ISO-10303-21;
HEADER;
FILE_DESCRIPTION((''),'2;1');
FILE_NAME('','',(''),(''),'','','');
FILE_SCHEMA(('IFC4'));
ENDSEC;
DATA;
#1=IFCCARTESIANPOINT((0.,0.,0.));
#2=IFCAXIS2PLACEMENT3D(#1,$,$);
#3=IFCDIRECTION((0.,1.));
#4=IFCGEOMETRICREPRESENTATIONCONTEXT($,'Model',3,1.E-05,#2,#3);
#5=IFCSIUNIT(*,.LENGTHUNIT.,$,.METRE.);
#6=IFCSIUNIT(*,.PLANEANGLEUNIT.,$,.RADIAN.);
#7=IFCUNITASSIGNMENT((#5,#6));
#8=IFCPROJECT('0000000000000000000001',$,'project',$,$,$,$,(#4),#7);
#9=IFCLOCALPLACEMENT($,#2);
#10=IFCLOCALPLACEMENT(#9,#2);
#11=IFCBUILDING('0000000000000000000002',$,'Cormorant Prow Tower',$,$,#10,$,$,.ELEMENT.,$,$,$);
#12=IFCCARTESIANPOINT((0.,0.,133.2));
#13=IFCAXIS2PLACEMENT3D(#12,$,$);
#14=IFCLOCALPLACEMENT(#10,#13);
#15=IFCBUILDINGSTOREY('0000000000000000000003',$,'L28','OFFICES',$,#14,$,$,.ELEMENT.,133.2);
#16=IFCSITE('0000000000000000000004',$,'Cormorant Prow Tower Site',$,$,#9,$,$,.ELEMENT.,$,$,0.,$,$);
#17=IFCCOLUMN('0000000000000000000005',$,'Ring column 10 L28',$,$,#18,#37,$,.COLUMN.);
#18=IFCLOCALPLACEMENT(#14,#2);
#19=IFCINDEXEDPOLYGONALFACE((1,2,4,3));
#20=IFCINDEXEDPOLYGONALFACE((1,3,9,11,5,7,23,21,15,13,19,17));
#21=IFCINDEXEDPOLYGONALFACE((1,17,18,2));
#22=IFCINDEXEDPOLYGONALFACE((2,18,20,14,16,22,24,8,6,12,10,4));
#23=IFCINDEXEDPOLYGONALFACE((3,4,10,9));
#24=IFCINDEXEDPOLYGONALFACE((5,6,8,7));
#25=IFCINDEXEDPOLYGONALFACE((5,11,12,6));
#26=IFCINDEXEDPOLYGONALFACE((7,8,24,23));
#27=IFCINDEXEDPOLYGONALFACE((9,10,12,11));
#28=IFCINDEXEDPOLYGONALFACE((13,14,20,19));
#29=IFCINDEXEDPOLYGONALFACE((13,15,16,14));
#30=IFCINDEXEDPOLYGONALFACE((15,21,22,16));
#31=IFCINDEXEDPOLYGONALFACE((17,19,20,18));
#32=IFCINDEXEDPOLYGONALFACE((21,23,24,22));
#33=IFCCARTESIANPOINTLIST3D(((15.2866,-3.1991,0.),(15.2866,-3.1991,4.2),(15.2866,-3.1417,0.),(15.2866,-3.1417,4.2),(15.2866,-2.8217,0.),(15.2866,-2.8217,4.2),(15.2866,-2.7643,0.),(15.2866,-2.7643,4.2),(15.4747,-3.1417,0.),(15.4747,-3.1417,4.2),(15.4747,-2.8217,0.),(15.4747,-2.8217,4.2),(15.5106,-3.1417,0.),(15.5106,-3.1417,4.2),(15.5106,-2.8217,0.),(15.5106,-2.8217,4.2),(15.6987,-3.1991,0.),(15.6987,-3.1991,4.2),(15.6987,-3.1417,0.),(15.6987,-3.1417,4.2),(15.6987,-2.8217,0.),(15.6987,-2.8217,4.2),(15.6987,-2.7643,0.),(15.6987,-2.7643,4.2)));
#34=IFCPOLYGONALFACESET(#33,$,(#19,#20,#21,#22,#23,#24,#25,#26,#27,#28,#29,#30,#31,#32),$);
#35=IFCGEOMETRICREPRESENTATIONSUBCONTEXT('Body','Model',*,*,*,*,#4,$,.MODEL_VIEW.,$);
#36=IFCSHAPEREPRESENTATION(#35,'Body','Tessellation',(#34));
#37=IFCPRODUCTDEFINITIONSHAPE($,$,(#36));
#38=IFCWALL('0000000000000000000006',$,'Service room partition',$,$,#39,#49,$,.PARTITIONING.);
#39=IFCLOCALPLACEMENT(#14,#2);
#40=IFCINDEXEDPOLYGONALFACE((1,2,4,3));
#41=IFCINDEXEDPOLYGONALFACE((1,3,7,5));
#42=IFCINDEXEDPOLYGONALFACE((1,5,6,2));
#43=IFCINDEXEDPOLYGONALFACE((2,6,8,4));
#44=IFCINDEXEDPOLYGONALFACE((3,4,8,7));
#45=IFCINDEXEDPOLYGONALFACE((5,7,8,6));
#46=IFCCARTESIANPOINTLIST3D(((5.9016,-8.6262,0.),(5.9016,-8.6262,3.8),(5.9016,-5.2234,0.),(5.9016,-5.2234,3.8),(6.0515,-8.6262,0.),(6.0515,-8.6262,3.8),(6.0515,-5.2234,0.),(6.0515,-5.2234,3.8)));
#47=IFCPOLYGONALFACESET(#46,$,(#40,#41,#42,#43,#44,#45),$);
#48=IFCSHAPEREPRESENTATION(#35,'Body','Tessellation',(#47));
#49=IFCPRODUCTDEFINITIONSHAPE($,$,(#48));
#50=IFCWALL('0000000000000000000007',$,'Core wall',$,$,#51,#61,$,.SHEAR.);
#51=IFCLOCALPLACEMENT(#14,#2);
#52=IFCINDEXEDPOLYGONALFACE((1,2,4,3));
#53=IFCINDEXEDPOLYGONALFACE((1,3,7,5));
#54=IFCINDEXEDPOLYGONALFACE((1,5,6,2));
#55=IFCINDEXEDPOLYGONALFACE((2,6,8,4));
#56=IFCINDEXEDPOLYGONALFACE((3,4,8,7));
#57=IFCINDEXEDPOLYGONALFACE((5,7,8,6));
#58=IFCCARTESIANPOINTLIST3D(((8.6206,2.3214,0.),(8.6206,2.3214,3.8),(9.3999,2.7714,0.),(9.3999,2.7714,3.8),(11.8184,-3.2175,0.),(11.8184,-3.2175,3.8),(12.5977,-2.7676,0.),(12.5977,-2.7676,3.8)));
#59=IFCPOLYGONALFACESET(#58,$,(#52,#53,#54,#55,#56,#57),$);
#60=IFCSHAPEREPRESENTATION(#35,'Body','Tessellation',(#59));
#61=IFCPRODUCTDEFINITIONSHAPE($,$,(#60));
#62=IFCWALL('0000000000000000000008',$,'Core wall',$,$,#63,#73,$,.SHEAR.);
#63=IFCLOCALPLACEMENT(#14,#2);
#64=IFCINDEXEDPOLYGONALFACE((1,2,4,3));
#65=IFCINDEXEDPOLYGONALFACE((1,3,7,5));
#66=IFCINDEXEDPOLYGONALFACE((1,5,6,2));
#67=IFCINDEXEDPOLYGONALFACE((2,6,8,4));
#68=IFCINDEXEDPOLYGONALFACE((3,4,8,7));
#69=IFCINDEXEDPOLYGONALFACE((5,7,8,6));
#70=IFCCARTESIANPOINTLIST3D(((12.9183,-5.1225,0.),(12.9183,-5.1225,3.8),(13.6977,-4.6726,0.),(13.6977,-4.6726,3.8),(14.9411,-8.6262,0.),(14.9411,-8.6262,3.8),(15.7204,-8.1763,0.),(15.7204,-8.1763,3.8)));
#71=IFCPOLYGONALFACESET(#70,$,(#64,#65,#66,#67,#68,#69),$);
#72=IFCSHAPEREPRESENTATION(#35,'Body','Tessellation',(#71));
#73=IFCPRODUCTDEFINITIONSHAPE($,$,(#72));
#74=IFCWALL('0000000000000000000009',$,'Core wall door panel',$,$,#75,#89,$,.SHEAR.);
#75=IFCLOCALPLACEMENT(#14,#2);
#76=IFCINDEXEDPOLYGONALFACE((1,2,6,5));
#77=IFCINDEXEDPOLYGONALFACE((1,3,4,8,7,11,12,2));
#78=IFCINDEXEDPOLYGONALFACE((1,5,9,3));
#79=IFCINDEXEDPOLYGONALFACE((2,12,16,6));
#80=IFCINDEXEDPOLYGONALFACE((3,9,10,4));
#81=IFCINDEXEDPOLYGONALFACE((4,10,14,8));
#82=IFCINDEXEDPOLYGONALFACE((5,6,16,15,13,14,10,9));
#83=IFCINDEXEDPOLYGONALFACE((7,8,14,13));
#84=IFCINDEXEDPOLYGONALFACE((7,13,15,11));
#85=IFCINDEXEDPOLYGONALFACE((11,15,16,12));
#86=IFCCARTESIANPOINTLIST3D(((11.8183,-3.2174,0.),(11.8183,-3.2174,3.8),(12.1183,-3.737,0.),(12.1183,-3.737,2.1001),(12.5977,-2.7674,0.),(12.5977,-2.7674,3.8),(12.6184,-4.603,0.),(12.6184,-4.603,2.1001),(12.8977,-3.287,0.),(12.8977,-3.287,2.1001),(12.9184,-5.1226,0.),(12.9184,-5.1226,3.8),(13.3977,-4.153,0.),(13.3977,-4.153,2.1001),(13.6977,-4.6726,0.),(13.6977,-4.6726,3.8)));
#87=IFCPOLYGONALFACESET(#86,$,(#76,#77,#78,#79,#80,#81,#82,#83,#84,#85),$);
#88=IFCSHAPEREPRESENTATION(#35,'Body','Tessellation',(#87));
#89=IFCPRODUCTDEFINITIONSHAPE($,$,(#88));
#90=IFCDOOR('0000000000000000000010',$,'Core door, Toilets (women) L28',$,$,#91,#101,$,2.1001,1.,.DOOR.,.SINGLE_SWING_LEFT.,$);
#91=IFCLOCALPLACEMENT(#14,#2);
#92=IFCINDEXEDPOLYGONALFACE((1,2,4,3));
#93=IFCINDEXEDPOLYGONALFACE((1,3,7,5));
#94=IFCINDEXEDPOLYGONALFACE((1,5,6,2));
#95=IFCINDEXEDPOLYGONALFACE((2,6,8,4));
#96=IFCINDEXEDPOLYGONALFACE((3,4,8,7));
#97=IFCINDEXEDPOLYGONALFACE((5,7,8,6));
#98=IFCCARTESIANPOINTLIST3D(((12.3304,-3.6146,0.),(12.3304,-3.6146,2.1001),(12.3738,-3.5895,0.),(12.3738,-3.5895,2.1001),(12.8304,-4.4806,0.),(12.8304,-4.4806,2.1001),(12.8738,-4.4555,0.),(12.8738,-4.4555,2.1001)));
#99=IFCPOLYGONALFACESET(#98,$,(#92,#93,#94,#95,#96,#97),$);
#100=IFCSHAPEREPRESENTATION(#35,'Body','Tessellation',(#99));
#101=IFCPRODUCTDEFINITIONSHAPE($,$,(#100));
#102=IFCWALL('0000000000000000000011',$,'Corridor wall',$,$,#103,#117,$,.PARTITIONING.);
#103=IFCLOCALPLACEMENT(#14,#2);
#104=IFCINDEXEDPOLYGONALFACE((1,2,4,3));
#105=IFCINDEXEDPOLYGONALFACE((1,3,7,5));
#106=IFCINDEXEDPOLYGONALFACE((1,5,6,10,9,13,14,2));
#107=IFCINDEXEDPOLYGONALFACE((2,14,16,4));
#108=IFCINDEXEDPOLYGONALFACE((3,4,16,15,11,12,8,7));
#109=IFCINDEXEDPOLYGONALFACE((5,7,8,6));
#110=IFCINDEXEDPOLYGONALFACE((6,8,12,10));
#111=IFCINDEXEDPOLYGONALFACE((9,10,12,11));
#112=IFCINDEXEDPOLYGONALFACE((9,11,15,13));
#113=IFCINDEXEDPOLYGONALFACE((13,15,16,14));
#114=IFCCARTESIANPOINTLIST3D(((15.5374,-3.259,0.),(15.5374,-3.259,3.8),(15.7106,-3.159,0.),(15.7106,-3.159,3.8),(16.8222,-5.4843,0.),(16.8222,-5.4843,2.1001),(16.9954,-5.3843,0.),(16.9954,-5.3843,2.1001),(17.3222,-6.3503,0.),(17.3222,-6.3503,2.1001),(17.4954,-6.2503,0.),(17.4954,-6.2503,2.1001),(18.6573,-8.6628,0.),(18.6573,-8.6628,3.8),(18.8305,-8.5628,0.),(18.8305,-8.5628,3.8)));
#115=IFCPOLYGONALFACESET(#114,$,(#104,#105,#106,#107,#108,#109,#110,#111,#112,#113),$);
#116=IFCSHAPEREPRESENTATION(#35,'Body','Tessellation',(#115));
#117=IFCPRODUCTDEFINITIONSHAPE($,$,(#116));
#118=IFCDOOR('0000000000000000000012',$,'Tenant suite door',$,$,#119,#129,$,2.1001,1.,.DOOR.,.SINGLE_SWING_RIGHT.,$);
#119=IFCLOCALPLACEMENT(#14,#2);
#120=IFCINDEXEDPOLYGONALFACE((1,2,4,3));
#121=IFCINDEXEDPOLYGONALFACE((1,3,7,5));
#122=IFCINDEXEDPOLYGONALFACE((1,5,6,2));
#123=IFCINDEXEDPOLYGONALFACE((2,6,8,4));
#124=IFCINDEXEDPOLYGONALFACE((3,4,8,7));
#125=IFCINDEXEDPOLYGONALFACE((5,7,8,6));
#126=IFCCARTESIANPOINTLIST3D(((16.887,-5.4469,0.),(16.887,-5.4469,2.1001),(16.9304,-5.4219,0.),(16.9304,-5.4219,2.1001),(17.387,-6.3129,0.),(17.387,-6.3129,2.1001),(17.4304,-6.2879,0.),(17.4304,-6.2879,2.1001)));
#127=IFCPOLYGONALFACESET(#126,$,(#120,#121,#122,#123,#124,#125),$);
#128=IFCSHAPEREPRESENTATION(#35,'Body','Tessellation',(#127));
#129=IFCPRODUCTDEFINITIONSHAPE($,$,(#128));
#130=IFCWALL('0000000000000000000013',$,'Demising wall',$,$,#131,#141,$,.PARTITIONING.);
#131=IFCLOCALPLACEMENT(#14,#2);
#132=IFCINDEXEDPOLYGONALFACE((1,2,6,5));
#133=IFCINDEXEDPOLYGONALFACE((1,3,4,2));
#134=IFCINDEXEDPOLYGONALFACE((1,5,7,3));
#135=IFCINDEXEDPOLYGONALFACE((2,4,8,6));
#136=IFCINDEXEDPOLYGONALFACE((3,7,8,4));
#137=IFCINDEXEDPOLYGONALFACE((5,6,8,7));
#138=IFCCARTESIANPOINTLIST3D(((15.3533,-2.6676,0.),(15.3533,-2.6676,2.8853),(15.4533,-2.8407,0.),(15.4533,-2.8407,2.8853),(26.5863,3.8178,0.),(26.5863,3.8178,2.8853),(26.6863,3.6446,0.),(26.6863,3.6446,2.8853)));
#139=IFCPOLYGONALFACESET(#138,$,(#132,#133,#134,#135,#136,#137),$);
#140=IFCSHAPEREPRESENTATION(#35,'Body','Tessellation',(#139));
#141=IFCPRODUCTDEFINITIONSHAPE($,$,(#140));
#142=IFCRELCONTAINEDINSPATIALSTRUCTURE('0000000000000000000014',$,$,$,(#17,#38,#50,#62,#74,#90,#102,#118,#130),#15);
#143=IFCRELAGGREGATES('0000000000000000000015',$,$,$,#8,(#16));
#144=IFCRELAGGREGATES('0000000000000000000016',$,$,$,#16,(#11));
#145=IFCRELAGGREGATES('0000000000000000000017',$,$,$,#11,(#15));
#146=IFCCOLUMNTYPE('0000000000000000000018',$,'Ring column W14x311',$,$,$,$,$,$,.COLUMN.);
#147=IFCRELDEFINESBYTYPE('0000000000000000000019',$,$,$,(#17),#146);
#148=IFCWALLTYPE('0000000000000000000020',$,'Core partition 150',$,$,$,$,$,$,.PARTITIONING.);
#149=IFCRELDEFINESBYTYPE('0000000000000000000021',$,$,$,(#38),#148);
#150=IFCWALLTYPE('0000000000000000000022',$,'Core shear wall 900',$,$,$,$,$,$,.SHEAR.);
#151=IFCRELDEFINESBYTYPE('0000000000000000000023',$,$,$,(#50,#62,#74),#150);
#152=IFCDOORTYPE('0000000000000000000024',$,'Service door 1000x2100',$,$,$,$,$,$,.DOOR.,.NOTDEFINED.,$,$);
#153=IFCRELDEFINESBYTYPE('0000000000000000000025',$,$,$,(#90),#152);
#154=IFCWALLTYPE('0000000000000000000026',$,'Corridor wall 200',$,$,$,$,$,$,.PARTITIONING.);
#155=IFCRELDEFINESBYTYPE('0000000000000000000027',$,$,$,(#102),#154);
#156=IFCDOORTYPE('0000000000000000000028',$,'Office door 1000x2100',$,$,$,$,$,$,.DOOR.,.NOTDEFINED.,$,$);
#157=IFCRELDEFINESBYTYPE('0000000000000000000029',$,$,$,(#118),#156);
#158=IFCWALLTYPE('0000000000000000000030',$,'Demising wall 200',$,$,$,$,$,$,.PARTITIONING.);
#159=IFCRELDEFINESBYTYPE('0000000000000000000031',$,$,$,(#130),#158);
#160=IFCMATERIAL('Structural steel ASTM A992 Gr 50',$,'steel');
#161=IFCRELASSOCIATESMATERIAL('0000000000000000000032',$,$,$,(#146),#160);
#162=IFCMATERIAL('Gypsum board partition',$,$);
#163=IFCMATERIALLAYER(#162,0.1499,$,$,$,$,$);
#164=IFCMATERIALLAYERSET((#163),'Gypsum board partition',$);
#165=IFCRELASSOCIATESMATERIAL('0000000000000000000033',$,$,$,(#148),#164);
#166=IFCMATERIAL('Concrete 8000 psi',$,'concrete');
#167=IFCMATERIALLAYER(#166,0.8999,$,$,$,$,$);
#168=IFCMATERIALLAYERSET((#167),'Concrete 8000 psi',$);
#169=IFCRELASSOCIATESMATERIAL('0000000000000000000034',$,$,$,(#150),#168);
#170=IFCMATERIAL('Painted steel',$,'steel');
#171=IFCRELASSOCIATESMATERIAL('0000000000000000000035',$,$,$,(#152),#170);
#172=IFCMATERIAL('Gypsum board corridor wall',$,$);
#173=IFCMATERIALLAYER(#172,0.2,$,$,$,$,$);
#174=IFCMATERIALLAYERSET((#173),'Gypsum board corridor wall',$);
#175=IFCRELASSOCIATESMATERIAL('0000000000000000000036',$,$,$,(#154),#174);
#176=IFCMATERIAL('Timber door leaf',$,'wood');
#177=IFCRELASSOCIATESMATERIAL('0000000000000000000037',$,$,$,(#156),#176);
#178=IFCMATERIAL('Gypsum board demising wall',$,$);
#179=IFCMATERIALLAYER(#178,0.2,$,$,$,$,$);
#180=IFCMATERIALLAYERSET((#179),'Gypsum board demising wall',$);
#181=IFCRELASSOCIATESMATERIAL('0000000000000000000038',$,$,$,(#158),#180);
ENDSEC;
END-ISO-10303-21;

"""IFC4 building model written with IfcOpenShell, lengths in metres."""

from ifc_helpers import new_model, si_unit, direction, frame, frame_2d, origin, origin_2d, place, context, subcontext, project, spatial, rectangle, i_section, extrude, material, layer, layer_set, material_profile, profile_set, type_object, element, fill, save


model = new_model("IFC4")

# Units and contexts
model_context = context("Model", 3, precision=1e-05, world=origin(), true_north=direction((0.0, 1.0)))
body_context = subcontext(model_context, "Body", "Model", "MODEL_VIEW")
ifc_project = project(units=[si_unit("LENGTHUNIT", "METRE"), si_unit("PLANEANGLEUNIT", "RADIAN")], contexts=[model_context])

# Site, building, storey
site_placement = place(None, origin())
site = spatial("IfcSite", under=ifc_project, at=site_placement, Name="Cormorant Prow Tower Site", CompositionType="ELEMENT", RefElevation=0.0)
building_placement = place(site_placement, origin())
building = spatial("IfcBuilding", under=site, at=building_placement, Name="Cormorant Prow Tower", CompositionType="ELEMENT")
storey_placement = place(building_placement, frame((0.0, 0.0, 133.2)))
storey = spatial("IfcBuildingStorey", under=building, at=storey_placement, Name="L28", Description="OFFICES", CompositionType="ELEMENT", Elevation=133.2)

# Column
ifc_material_1 = material(Name="Structural steel ASTM A992 Gr 50", Category="steel")
ifc_material_profile = material_profile(ifc_material_1, i_section(OverallWidth=0.4121, OverallDepth=0.4348, WebThickness=0.0359, FlangeThickness=0.0574, at=origin_2d()), Name="W14x311")
ifc_profile_set = profile_set([ifc_material_profile], Name="Structural steel ASTM A992 Gr 50")
column_type = type_object("IfcColumnType", Name="Ring column W14x311", PredefinedType="COLUMN", material=ifc_profile_set)
column_placement = place(storey_placement, frame((15.4927, -2.9817, 0.0), z_axis=(0.0, 0.0, 1.0), x_axis=(1.0, 0.0, 0.0)))
element("IfcColumn", 1, at=column_placement, inside=storey, type_object=column_type, Name="Ring column 10 L28", PredefinedType="COLUMN", context=body_context, shape_type="SweptSolid", body=[
    extrude(i_section(OverallWidth=0.4121, OverallDepth=0.4348, WebThickness=0.0359, FlangeThickness=0.0574, at=origin_2d()), origin(), (0.0, 0.0, 1.0), 4.2),
])

# Walls
ifc_material_2 = material(Name="Gypsum board partition")
ifc_layer_1 = layer(ifc_material_2, 0.1499)
ifc_layer_set_1 = layer_set([ifc_layer_1], Name="Gypsum board partition")
wall_type_1 = type_object("IfcWallType", Name="Core partition 150", PredefinedType="PARTITIONING", material=ifc_layer_set_1)
wall_1_placement = place(storey_placement, frame((5.9766, -8.6262, 0.0), z_axis=(0.0, 0.0, 1.0), x_axis=(0.0, 1.0, 0.0)))
element("IfcWall", 2, at=wall_1_placement, inside=storey, type_object=wall_type_1, Name="Service room partition", PredefinedType="PARTITIONING", context=body_context, shape_type="SweptSolid", body=[
    extrude(rectangle(XDim=3.4028, YDim=0.1499, at=frame_2d((1.7014, 0.0))), origin(), (0.0, 0.0, 1.0), 3.8),
])
ifc_material_3 = material(Name="Concrete 8000 psi", Category="concrete")
ifc_layer_2 = layer(ifc_material_3, 0.8999)
ifc_layer_set_2 = layer_set([ifc_layer_2], Name="Concrete 8000 psi")
wall_type_2 = type_object("IfcWallType", Name="Core shear wall 900", PredefinedType="SHEAR", material=ifc_layer_set_2)
wall_2_placement = place(storey_placement, frame((12.208, -2.9924, 0.0), z_axis=(0.0, 0.0, 1.0), x_axis=(-0.49999, 0.866031, 0.0)))
element("IfcWall", 3, at=wall_2_placement, inside=storey, type_object=wall_type_2, Name="Core wall", PredefinedType="SHEAR", context=body_context, shape_type="SweptSolid", body=[
    extrude(rectangle(XDim=6.3958, YDim=0.8999, at=frame_2d((3.1978, 0.0))), origin(), (0.0, 0.0, 1.0), 3.8),
])
wall_3_placement = place(storey_placement, frame((15.3308, -8.4014, 0.0), z_axis=(0.0, 0.0, 1.0), x_axis=(-0.499975, 0.86604, 0.0)))
element("IfcWall", 4, at=wall_3_placement, inside=storey, type_object=wall_type_2, Name="Core wall", PredefinedType="SHEAR", context=body_context, shape_type="SweptSolid", body=[
    extrude(rectangle(XDim=4.0457, YDim=0.8999, at=frame_2d((2.0229, 0.0))), origin(), (0.0, 0.0, 1.0), 3.8),
])

# Walls, openings, doors
wall_4_placement = place(storey_placement, frame((13.3081, -4.8977, 0.0), z_axis=(0.0, 0.0, 1.0), x_axis=(-0.50003, 0.866008, 0.0)))
wall_4 = element("IfcWall", 5, at=wall_4_placement, inside=storey, type_object=wall_type_2, Name="Core wall door panel", PredefinedType="SHEAR", context=body_context, shape_type="SweptSolid", body=[
    extrude(rectangle(XDim=2.2, YDim=0.8999, at=frame_2d((1.1001, 0.0))), origin(), (0.0, 0.0, 1.0), 3.8),
])
opening_1_placement = place(wall_4_placement, frame((0.6001, 0.0, 0.0)))
opening_1 = element("IfcOpeningElement", 6, at=opening_1_placement, cuts=wall_4, PredefinedType="OPENING", context=body_context, shape_type="SweptSolid", body=[
    extrude(rectangle(XDim=1.0, YDim=2.1001, at=frame_2d((0.5, 1.05))), frame((0.0, 0.46, 0.0), z_axis=(0.0, -1.0, 0.0), x_axis=(1.0, 0.0, 0.0)), (0.0, 0.0, 1.0), 0.9199),
])
ifc_material_4 = material(Name="Painted steel", Category="steel")
door_type_1 = type_object("IfcDoorType", Name="Service door 1000x2100", OperationType="NOTDEFINED", PredefinedType="DOOR", material=ifc_material_4)
door_1_placement = place(opening_1_placement, origin())
door_1 = element("IfcDoor", 7, at=door_1_placement, inside=storey, type_object=door_type_1, Name="Core door, Toilets (women) L28", OperationType="SINGLE_SWING_LEFT", OverallHeight=2.1001, OverallWidth=1.0, PredefinedType="DOOR", context=body_context, shape_type="SweptSolid", body=[
    extrude(rectangle(XDim=1.0, YDim=2.1001, at=frame_2d((0.5, 1.05))), frame((0.0, 0.2051, 0.0), z_axis=(0.0, -1.0, 0.0), x_axis=(1.0, 0.0, 0.0)), (0.0, 0.0, 1.0), 0.05),
])
fill(opening_1, door_1)
ifc_material_5 = material(Name="Gypsum board corridor wall")
ifc_layer_3 = layer(ifc_material_5, 0.2)
ifc_layer_set_3 = layer_set([ifc_layer_3], Name="Gypsum board corridor wall")
wall_type_3 = type_object("IfcWallType", Name="Corridor wall 200", PredefinedType="PARTITIONING", material=ifc_layer_set_3)
wall_5_placement = place(storey_placement, frame((15.624, -3.209, 0.0), z_axis=(0.0, 0.0, 1.0), x_axis=(0.499998, -0.866027, 0.0)))
wall_5 = element("IfcWall", 8, at=wall_5_placement, inside=storey, type_object=wall_type_3, Name="Corridor wall", PredefinedType="PARTITIONING", context=body_context, shape_type="SweptSolid", body=[
    extrude(rectangle(XDim=6.2397, YDim=0.2, at=frame_2d((3.1199, 0.0))), origin(), (0.0, 0.0, 1.0), 3.8),
])
opening_2_placement = place(wall_5_placement, frame((2.5696, 0.0, 0.0)))
opening_2 = element("IfcOpeningElement", 9, at=opening_2_placement, cuts=wall_5, PredefinedType="OPENING", context=body_context, shape_type="SweptSolid", body=[
    extrude(rectangle(XDim=1.0, YDim=2.1001, at=frame_2d((0.5, 1.05))), frame((0.0, 0.1099, 0.0), z_axis=(0.0, -1.0, 0.0), x_axis=(1.0, 0.0, 0.0)), (0.0, 0.0, 1.0), 0.22),
])
ifc_material_6 = material(Name="Timber door leaf", Category="wood")
door_type_2 = type_object("IfcDoorType", Name="Office door 1000x2100", OperationType="NOTDEFINED", PredefinedType="DOOR", material=ifc_material_6)
door_2_placement = place(opening_2_placement, origin())
door_2 = element("IfcDoor", 10, at=door_2_placement, inside=storey, type_object=door_type_2, Name="Tenant suite door", OperationType="SINGLE_SWING_RIGHT", OverallHeight=2.1001, OverallWidth=1.0, PredefinedType="DOOR", context=body_context, shape_type="SweptSolid", body=[
    extrude(rectangle(XDim=1.0, YDim=2.1001, at=frame_2d((0.5, 1.05))), frame((0.0, 0.0249, 0.0), z_axis=(0.0, -1.0, 0.0), x_axis=(1.0, 0.0, 0.0)), (0.0, 0.0, 1.0), 0.05),
])
fill(opening_2, door_2)

# Wall
ifc_material_7 = material(Name="Gypsum board demising wall")
ifc_layer_4 = layer(ifc_material_7, 0.2)
ifc_layer_set_4 = layer_set([ifc_layer_4], Name="Gypsum board demising wall")
wall_type_4 = type_object("IfcWallType", Name="Demising wall 200", PredefinedType="PARTITIONING", material=ifc_layer_set_4)
wall_6_placement = place(storey_placement, frame((15.4033, -2.7542, 0.0), z_axis=(0.0, 0.0, 1.0), x_axis=(0.866024, 0.500002, 0.0)))
element("IfcWall", 11, at=wall_6_placement, inside=storey, type_object=wall_type_4, Name="Demising wall", PredefinedType="PARTITIONING", context=body_context, shape_type="SweptSolid", body=[
    extrude(rectangle(XDim=12.9707, YDim=0.2, at=frame_2d((6.4854, 0.0))), origin(), (0.0, 0.0, 1.0), 2.8853),
])

save(model, "model.ifc")
